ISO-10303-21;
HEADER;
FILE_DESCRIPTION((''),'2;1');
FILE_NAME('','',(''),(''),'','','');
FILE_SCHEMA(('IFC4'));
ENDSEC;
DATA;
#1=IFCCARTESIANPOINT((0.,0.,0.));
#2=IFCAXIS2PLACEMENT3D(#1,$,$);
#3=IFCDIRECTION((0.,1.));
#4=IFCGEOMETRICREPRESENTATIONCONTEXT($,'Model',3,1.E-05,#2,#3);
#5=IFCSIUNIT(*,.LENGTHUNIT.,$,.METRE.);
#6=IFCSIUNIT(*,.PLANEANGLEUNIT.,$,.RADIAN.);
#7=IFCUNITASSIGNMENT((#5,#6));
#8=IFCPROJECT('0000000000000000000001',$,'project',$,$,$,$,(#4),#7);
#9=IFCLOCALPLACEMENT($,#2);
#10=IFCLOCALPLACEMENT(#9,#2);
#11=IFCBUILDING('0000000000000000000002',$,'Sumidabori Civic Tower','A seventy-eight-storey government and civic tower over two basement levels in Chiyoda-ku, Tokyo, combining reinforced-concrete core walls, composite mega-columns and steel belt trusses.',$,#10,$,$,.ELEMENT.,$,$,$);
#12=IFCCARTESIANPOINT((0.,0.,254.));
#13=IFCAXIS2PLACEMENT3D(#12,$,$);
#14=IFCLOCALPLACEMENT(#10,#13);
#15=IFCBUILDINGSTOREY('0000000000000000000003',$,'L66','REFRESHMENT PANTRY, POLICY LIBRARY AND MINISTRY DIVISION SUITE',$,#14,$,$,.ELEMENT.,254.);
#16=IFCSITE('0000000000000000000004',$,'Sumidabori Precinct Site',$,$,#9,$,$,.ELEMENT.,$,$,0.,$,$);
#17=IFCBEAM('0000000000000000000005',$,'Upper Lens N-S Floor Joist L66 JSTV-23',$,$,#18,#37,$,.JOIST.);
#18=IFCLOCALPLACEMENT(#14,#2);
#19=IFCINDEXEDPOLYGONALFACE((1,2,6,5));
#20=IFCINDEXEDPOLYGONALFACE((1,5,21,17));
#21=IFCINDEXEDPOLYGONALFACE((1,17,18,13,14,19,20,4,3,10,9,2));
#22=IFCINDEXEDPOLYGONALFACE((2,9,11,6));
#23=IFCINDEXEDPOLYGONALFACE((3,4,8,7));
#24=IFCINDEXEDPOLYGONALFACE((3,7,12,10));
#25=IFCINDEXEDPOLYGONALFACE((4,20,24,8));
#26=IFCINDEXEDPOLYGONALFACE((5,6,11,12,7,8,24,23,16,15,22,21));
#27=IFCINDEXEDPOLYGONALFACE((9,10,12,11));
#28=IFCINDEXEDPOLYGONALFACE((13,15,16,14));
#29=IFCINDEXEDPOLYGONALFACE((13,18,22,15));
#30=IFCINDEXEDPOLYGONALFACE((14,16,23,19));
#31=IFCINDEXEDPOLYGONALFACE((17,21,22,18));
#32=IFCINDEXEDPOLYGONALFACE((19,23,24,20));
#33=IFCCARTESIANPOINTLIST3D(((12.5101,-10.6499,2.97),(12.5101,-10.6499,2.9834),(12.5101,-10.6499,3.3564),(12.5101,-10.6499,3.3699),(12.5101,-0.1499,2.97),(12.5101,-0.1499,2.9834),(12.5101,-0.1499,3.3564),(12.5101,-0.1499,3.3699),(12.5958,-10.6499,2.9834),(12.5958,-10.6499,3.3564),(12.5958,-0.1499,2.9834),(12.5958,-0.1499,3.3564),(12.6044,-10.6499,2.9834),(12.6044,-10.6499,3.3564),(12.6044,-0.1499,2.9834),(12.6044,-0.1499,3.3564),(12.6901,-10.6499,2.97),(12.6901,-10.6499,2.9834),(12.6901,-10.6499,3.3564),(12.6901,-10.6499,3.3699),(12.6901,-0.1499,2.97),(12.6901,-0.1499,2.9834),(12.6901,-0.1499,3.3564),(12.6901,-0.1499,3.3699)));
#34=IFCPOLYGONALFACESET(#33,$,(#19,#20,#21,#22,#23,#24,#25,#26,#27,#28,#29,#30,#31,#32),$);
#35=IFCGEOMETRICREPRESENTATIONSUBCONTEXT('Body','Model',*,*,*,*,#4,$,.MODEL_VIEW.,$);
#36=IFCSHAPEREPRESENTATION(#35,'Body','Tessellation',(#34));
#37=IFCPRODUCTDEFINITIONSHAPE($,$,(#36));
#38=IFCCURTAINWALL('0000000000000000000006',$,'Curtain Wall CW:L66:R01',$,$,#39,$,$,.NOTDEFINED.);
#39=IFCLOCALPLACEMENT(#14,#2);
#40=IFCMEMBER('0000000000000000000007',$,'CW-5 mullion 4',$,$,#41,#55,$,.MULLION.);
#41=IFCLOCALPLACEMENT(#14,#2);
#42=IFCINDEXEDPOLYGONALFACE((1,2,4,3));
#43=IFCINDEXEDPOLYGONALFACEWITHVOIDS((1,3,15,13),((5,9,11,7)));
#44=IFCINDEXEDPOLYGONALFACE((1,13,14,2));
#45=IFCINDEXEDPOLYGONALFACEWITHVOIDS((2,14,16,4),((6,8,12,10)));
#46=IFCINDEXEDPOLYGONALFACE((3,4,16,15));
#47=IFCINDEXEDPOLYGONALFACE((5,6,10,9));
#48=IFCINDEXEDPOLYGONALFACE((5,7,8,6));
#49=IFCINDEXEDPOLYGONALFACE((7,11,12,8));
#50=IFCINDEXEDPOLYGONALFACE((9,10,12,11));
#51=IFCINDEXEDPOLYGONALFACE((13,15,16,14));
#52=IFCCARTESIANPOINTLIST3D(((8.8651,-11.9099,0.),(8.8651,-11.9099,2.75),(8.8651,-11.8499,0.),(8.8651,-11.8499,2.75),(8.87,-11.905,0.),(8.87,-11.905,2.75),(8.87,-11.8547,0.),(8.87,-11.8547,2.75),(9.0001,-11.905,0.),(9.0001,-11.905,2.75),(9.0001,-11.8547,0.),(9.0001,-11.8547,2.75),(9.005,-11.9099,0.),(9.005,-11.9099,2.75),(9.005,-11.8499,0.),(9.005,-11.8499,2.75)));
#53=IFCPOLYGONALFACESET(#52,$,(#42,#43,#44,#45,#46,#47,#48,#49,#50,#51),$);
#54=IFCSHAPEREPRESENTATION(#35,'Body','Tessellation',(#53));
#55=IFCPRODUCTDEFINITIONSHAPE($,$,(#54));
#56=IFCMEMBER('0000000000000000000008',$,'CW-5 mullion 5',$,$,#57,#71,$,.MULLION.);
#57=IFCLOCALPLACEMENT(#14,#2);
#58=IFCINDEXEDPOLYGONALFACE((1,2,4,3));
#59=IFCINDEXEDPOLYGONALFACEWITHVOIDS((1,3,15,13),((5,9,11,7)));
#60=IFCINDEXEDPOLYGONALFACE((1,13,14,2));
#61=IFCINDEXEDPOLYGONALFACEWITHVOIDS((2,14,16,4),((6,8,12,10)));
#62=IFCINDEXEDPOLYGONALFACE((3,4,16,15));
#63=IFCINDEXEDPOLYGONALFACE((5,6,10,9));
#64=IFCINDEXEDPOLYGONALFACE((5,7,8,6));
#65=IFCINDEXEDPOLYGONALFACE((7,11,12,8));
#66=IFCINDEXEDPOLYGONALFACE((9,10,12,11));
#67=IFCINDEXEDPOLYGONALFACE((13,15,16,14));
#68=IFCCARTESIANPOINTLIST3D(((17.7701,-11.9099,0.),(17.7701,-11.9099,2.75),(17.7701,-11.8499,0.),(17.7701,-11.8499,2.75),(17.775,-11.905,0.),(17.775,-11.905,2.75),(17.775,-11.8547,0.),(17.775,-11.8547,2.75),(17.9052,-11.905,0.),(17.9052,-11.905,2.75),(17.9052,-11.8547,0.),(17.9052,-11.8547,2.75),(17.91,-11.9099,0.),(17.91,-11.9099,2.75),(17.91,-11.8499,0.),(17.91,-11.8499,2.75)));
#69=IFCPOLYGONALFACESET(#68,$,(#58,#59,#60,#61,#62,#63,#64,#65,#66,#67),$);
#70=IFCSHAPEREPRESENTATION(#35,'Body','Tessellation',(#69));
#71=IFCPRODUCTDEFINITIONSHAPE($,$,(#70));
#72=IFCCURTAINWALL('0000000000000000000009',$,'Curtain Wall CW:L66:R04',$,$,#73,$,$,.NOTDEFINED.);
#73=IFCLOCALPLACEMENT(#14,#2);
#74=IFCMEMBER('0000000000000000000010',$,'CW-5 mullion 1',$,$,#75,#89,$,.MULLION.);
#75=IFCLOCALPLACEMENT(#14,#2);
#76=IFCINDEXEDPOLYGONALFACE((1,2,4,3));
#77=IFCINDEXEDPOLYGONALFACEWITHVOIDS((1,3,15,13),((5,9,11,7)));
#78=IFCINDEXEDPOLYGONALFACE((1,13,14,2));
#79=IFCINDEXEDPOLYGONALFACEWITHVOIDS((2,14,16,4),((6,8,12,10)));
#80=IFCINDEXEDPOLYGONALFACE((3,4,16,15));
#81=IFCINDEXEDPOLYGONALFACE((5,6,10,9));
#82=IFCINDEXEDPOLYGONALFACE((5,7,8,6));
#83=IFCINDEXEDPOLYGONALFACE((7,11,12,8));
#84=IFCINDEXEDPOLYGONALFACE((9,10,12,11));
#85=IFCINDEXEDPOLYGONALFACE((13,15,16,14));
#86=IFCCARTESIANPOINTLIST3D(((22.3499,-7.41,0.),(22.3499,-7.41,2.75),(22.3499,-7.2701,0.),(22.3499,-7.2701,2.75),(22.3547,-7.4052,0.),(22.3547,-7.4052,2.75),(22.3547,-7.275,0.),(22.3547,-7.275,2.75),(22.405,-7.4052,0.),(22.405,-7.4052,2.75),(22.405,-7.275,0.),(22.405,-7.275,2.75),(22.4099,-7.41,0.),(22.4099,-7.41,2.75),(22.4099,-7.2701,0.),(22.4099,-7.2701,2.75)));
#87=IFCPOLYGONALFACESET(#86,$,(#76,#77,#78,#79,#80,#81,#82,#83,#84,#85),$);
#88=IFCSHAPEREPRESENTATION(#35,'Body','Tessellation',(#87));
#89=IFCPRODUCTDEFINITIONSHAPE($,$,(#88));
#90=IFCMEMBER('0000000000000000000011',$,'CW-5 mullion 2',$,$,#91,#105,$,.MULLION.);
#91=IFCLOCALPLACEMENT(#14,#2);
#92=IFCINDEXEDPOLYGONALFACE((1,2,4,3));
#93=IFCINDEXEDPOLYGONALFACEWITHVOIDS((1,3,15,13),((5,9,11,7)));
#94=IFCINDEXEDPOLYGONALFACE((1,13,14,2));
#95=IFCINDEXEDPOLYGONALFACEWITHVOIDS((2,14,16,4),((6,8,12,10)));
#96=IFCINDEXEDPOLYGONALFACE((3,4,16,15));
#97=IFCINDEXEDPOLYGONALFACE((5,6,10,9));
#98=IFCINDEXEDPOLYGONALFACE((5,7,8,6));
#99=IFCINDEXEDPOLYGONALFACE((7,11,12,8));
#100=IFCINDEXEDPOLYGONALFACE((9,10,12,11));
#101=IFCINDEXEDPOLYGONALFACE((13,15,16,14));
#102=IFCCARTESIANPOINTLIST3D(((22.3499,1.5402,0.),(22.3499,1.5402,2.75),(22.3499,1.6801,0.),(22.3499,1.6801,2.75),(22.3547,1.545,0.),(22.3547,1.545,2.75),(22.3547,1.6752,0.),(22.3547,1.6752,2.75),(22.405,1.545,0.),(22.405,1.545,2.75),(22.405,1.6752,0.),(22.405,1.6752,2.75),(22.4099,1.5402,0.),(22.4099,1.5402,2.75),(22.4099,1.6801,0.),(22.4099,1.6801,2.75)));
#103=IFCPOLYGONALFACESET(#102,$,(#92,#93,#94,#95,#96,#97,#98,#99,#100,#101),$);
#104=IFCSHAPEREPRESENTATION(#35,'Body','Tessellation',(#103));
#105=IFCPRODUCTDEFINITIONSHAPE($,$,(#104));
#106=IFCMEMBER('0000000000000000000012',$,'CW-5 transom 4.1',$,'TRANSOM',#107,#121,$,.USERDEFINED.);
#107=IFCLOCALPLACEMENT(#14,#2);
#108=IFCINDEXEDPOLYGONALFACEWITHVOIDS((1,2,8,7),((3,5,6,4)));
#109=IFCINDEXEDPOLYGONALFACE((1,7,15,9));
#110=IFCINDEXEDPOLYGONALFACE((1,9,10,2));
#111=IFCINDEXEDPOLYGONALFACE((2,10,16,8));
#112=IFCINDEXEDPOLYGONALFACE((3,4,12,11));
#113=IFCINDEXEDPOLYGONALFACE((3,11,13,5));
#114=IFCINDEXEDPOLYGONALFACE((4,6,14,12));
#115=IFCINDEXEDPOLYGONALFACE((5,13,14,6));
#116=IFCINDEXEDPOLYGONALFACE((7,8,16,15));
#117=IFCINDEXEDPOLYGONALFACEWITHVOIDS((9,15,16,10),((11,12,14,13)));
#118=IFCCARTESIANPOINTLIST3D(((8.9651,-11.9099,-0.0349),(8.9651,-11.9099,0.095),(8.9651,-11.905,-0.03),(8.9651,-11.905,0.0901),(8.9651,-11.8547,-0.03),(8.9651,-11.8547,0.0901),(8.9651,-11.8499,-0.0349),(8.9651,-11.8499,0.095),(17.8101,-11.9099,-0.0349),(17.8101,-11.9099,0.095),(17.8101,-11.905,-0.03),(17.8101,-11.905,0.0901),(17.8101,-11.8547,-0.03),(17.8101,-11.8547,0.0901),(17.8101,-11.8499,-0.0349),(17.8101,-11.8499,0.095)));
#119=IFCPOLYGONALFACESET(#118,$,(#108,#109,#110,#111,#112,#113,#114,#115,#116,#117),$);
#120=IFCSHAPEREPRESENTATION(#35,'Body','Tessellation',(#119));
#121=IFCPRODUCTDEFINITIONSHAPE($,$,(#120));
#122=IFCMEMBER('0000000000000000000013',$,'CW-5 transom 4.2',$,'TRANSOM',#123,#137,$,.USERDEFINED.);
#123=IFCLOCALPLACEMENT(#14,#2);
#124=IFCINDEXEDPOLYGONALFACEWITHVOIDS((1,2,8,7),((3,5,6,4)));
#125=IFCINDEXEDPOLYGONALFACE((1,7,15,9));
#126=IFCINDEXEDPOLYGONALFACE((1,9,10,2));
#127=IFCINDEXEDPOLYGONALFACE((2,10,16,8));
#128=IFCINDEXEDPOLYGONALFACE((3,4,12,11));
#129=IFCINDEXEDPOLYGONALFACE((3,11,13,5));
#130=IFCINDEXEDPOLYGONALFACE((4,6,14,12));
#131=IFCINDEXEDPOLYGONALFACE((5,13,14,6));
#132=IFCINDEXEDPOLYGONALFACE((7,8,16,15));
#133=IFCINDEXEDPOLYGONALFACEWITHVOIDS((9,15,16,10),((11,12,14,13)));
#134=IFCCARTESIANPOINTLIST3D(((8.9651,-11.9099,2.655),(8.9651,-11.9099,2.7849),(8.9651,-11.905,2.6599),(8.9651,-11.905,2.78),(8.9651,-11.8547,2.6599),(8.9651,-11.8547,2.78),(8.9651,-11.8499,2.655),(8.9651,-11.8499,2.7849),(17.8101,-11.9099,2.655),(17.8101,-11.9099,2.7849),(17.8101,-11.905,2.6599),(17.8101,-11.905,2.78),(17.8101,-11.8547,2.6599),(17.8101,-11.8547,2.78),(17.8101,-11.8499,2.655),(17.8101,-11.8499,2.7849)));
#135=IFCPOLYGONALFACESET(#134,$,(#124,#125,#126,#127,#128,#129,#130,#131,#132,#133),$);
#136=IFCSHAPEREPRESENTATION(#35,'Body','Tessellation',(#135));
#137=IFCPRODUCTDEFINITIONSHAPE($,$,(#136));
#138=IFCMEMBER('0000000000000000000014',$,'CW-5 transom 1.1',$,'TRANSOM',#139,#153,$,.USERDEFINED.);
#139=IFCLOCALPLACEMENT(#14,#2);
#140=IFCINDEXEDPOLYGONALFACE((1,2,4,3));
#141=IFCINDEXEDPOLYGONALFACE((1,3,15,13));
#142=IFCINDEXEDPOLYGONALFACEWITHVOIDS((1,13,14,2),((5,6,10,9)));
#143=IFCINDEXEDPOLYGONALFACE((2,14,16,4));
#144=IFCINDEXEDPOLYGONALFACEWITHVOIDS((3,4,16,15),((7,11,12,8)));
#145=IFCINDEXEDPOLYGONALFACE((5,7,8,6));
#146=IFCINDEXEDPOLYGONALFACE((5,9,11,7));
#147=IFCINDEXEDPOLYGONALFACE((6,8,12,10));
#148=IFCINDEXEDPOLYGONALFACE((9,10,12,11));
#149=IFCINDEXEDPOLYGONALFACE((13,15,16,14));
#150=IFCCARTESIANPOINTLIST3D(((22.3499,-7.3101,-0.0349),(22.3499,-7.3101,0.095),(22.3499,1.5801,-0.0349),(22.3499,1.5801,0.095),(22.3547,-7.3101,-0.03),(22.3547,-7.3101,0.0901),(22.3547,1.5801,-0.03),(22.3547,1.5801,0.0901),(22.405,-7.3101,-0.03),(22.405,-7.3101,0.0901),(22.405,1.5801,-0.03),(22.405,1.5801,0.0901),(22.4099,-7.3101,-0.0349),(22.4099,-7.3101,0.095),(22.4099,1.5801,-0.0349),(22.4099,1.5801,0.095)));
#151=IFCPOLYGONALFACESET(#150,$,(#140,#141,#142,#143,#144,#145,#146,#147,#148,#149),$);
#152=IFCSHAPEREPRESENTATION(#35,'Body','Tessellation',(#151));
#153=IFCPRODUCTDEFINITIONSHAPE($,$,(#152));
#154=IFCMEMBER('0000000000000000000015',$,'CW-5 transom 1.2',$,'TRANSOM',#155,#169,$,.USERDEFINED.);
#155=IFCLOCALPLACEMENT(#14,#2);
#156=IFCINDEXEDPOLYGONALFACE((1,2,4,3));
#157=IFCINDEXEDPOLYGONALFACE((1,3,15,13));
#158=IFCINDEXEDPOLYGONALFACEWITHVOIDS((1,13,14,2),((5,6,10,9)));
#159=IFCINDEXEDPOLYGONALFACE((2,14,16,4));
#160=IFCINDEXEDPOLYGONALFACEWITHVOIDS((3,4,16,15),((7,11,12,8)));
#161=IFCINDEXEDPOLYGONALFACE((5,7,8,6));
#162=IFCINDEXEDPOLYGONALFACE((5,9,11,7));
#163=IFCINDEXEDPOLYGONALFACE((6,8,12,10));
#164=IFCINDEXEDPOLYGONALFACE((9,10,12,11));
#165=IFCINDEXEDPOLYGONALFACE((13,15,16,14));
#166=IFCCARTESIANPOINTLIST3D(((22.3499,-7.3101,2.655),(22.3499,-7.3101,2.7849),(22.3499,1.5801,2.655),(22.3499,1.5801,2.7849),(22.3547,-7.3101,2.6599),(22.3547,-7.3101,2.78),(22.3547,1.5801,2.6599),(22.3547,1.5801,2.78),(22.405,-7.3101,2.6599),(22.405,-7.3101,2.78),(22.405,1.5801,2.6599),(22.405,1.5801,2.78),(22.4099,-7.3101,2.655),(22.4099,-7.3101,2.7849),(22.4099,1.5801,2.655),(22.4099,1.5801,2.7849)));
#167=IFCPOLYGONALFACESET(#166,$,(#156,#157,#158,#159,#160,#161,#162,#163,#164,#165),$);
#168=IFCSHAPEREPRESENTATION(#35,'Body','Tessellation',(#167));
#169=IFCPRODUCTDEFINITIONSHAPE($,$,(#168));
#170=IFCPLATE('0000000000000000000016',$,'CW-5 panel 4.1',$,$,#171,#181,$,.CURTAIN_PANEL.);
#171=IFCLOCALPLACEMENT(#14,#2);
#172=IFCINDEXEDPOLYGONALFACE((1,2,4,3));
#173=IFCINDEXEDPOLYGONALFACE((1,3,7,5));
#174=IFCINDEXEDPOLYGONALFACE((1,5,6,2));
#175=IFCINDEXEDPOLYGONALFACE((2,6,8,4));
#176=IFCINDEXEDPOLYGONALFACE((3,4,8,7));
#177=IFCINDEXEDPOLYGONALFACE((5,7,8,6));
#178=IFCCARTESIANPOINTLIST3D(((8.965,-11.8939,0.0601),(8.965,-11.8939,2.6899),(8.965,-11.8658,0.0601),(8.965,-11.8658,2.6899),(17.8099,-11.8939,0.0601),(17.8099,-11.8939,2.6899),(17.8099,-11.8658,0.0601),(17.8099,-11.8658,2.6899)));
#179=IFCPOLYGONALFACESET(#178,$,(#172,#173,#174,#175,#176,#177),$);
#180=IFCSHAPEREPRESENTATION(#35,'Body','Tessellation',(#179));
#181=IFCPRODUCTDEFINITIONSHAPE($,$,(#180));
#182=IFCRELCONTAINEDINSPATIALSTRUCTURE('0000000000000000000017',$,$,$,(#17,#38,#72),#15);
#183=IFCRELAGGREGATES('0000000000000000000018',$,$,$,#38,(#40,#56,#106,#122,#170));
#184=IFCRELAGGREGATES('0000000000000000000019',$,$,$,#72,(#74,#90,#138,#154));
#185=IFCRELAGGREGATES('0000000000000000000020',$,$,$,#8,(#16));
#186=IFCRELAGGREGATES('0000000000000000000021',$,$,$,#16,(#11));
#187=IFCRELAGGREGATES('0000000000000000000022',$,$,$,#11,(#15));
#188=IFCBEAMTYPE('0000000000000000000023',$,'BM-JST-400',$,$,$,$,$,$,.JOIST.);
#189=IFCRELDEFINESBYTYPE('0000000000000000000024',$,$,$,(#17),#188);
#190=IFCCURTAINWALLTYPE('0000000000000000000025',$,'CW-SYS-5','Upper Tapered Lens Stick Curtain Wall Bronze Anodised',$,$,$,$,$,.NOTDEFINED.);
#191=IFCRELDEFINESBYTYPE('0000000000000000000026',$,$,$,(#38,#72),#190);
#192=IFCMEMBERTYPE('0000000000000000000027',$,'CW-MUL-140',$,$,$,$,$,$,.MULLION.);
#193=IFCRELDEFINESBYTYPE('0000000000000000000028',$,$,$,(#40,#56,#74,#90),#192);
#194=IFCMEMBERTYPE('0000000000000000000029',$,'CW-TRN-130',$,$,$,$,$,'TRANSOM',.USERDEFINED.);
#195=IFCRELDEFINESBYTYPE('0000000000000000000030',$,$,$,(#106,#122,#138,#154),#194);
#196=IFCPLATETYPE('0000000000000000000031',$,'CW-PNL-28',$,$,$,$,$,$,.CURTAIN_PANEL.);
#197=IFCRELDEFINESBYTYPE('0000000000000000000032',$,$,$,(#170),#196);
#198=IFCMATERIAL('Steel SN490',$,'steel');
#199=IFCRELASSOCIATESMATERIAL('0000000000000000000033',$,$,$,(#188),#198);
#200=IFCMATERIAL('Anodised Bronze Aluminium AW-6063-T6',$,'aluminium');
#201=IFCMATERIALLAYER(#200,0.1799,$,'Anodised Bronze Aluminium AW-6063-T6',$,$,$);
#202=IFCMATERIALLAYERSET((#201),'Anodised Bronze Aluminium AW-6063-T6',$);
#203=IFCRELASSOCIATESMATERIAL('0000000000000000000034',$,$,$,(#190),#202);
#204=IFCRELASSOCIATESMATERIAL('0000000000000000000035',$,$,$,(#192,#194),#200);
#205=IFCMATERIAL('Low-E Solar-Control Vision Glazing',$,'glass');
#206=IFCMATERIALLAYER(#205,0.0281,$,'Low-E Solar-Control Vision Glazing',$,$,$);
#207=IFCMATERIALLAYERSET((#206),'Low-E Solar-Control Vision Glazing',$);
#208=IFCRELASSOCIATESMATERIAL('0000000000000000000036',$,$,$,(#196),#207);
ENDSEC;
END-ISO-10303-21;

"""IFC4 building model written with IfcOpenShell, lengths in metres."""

from ifc_helpers import new_model, si_unit, direction, frame, origin, origin_2d, place, context, subcontext, project, spatial, rectangle, hollow_rectangle, i_section, extrude, source, transform, mapped, material, layer, layer_set, material_profile, profile_set, type_object, element, aggregate, save


model = new_model("IFC4")

# Units and contexts
model_context = context("Model", 3, precision=1e-05, world=origin(), true_north=direction((0.0, 1.0)))
body_context = subcontext(model_context, "Body", "Model", "MODEL_VIEW")
ifc_project = project(units=[si_unit("LENGTHUNIT", "METRE"), si_unit("PLANEANGLEUNIT", "RADIAN")], contexts=[model_context])

# Site, building, storey
site_placement = place(None, origin())
site = spatial("IfcSite", under=ifc_project, at=site_placement, Name="Sumidabori Precinct Site", CompositionType="ELEMENT", RefElevation=0.0)
building_placement = place(site_placement, origin())
building = spatial("IfcBuilding", under=site, at=building_placement, Name="Sumidabori Civic Tower", Description="A seventy-eight-storey government and civic tower over two basement levels in Chiyoda-ku, Tokyo, combining reinforced-concrete core walls, composite mega-columns and steel belt trusses.", CompositionType="ELEMENT")
storey_placement = place(building_placement, frame((0.0, 0.0, 254.0)))
storey = spatial("IfcBuildingStorey", under=building, at=storey_placement, Name="L66", Description="REFRESHMENT PANTRY, POLICY LIBRARY AND MINISTRY DIVISION SUITE", CompositionType="ELEMENT", Elevation=254.0)

# Beam
ifc_material_1 = material(Name="Steel SN490", Category="steel")
ifc_material_profile_1 = material_profile(ifc_material_1, i_section(OverallWidth=0.1799, OverallDepth=0.3999, WebThickness=0.0085, FlangeThickness=0.0134, at=origin_2d()), Name="IPE 400")
ifc_profile_set_1 = profile_set([ifc_material_profile_1], Name="Steel SN490")
beam_type_1 = type_object("IfcBeamType", Name="BM-JST-400", PredefinedType="JOIST", material=ifc_profile_set_1)
shared_shape_1 = source(origin(), body_context, "Body", "SweptSolid", [
    extrude(i_section(OverallWidth=0.1799, OverallDepth=0.3999, WebThickness=0.0085, FlangeThickness=0.0134, at=origin_2d()), origin(), (0.0, 0.0, 1.0), 10.5),
])
beam_1_placement = place(storey_placement, frame((12.6001, -10.6499, 3.1699), z_axis=(0.0, 1.0, 0.0), x_axis=(-1.0, 0.0, 0.0)))
element("IfcBeam", 1, at=beam_1_placement, inside=storey, type_object=beam_type_1, Name="Upper Lens N-S Floor Joist L66 JSTV-23", PredefinedType="JOIST", context=body_context, shape_type="MappedRepresentation", body=[
    mapped(shared_shape_1, transform((0.0, 0.0, 0.0), x_axis=(1.0, 0.0, 0.0), y_axis=(0.0, 1.0, 0.0), z_axis=(0.0, 0.0, 1.0), scale=1.0)),
])

# Curtain walls, members
ifc_material_2 = material(Name="Anodised Bronze Aluminium AW-6063-T6", Category="aluminium")
ifc_layer_1 = layer(ifc_material_2, 0.1799, Name="Anodised Bronze Aluminium AW-6063-T6")
ifc_layer_set_1 = layer_set([ifc_layer_1], Name="Anodised Bronze Aluminium AW-6063-T6")
curtain_wall_type = type_object("IfcCurtainWallType", Name="CW-SYS-5", Description="Upper Tapered Lens Stick Curtain Wall Bronze Anodised", PredefinedType="NOTDEFINED", material=ifc_layer_set_1)
curtain_wall_1_placement = place(storey_placement, origin())
curtain_wall_1 = element("IfcCurtainWall", 2, at=curtain_wall_1_placement, inside=storey, type_object=curtain_wall_type, Name="Curtain Wall CW:L66:R01", PredefinedType="NOTDEFINED")
ifc_material_profile_2 = material_profile(ifc_material_2, hollow_rectangle(XDim=0.0601, YDim=0.1399, WallThickness=0.0049, at=origin_2d()), Name="ALU MULLION 140x60")
ifc_profile_set_2 = profile_set([ifc_material_profile_2], Name="Anodised Bronze Aluminium AW-6063-T6")
member_type_1 = type_object("IfcMemberType", Name="CW-MUL-140", PredefinedType="MULLION", material=ifc_profile_set_2)
shared_shape_2 = source(origin(), body_context, "Body", "SweptSolid", [
    extrude(hollow_rectangle(XDim=0.0601, YDim=0.1399, WallThickness=0.0049, at=origin_2d()), origin(), (0.0, 0.0, 1.0), 2.75),
])
member_1_placement = place(storey_placement, frame((8.9351, -11.8799, 0.0), z_axis=(0.0, 0.0, 1.0), x_axis=(0.0, 1.0, 0.0)))
member_1 = element("IfcMember", 3, at=member_1_placement, type_object=member_type_1, Name="CW-5 mullion 4", PredefinedType="MULLION", context=body_context, shape_type="MappedRepresentation", body=[
    mapped(shared_shape_2, transform((0.0, 0.0, 0.0), x_axis=(1.0, 0.0, 0.0), y_axis=(0.0, 1.0, 0.0), z_axis=(0.0, 0.0, 1.0), scale=1.0)),
])
member_2_placement = place(storey_placement, frame((17.8401, -11.8799, 0.0), z_axis=(0.0, 0.0, 1.0), x_axis=(0.0, 1.0, 0.0)))
member_2 = element("IfcMember", 4, at=member_2_placement, type_object=member_type_1, Name="CW-5 mullion 5", PredefinedType="MULLION", context=body_context, shape_type="MappedRepresentation", body=[
    mapped(shared_shape_2, transform((0.0, 0.0, 0.0), x_axis=(1.0, 0.0, 0.0), y_axis=(0.0, 1.0, 0.0), z_axis=(0.0, 0.0, 1.0), scale=1.0)),
])
curtain_wall_2_placement = place(storey_placement, origin())
curtain_wall_2 = element("IfcCurtainWall", 5, at=curtain_wall_2_placement, inside=storey, type_object=curtain_wall_type, Name="Curtain Wall CW:L66:R04", PredefinedType="NOTDEFINED")
member_3_placement = place(storey_placement, frame((22.3799, -7.3401, 0.0), z_axis=(0.0, 0.0, 1.0), x_axis=(-1.0, 0.0, 0.0)))
member_3 = element("IfcMember", 6, at=member_3_placement, type_object=member_type_1, Name="CW-5 mullion 1", PredefinedType="MULLION", context=body_context, shape_type="MappedRepresentation", body=[
    mapped(shared_shape_2, transform((0.0, 0.0, 0.0), x_axis=(1.0, 0.0, 0.0), y_axis=(0.0, 1.0, 0.0), z_axis=(0.0, 0.0, 1.0), scale=1.0)),
])
member_4_placement = place(storey_placement, frame((22.3799, 1.6101, 0.0), z_axis=(0.0, 0.0, 1.0), x_axis=(-1.0, 0.0, 0.0)))
member_4 = element("IfcMember", 7, at=member_4_placement, type_object=member_type_1, Name="CW-5 mullion 2", PredefinedType="MULLION", context=body_context, shape_type="MappedRepresentation", body=[
    mapped(shared_shape_2, transform((0.0, 0.0, 0.0), x_axis=(1.0, 0.0, 0.0), y_axis=(0.0, 1.0, 0.0), z_axis=(0.0, 0.0, 1.0), scale=1.0)),
])

# Members
ifc_material_profile_3 = material_profile(ifc_material_2, hollow_rectangle(XDim=0.0601, YDim=0.1299, WallThickness=0.0049, at=origin_2d()), Name="ALU TRANSOM 130x60")
ifc_profile_set_3 = profile_set([ifc_material_profile_3], Name="Anodised Bronze Aluminium AW-6063-T6")
member_type_2 = type_object("IfcMemberType", Name="CW-TRN-130", ElementType="TRANSOM", PredefinedType="USERDEFINED", material=ifc_profile_set_3)
shared_shape_3 = source(origin(), body_context, "Body", "SweptSolid", [
    extrude(hollow_rectangle(XDim=0.0601, YDim=0.1299, WallThickness=0.0049, at=origin_2d()), origin(), (0.0, 0.0, 1.0), 8.845),
])
member_5_placement = place(storey_placement, frame((8.9651, -11.8799, 0.03), z_axis=(1.0, 0.0, 0.0), x_axis=(0.0, 1.0, 0.0)))
member_5 = element("IfcMember", 8, at=member_5_placement, type_object=member_type_2, Name="CW-5 transom 4.1", ObjectType="TRANSOM", PredefinedType="USERDEFINED", context=body_context, shape_type="MappedRepresentation", body=[
    mapped(shared_shape_3, transform((0.0, 0.0, 0.0), x_axis=(1.0, 0.0, 0.0), y_axis=(0.0, 1.0, 0.0), z_axis=(0.0, 0.0, 1.0), scale=1.0)),
])
member_6_placement = place(storey_placement, frame((8.9651, -11.8799, 2.72), z_axis=(1.0, 0.0, 0.0), x_axis=(0.0, 1.0, 0.0)))
member_6 = element("IfcMember", 9, at=member_6_placement, type_object=member_type_2, Name="CW-5 transom 4.2", ObjectType="TRANSOM", PredefinedType="USERDEFINED", context=body_context, shape_type="MappedRepresentation", body=[
    mapped(shared_shape_3, transform((0.0, 0.0, 0.0), x_axis=(1.0, 0.0, 0.0), y_axis=(0.0, 1.0, 0.0), z_axis=(0.0, 0.0, 1.0), scale=1.0)),
])
shared_shape_4 = source(origin(), body_context, "Body", "SweptSolid", [
    extrude(hollow_rectangle(XDim=0.0601, YDim=0.1299, WallThickness=0.0049, at=origin_2d()), origin(), (0.0, 0.0, 1.0), 8.8901),
])
member_7_placement = place(storey_placement, frame((22.3799, -7.3101, 0.03), z_axis=(0.0, 1.0, 0.0), x_axis=(-1.0, 0.0, 0.0)))
member_7 = element("IfcMember", 10, at=member_7_placement, type_object=member_type_2, Name="CW-5 transom 1.1", ObjectType="TRANSOM", PredefinedType="USERDEFINED", context=body_context, shape_type="MappedRepresentation", body=[
    mapped(shared_shape_4, transform((0.0, 0.0, 0.0), x_axis=(1.0, 0.0, 0.0), y_axis=(0.0, 1.0, 0.0), z_axis=(0.0, 0.0, 1.0), scale=1.0)),
])
member_8_placement = place(storey_placement, frame((22.3799, -7.3101, 2.72), z_axis=(0.0, 1.0, 0.0), x_axis=(-1.0, 0.0, 0.0)))
member_8 = element("IfcMember", 11, at=member_8_placement, type_object=member_type_2, Name="CW-5 transom 1.2", ObjectType="TRANSOM", PredefinedType="USERDEFINED", context=body_context, shape_type="MappedRepresentation", body=[
    mapped(shared_shape_4, transform((0.0, 0.0, 0.0), x_axis=(1.0, 0.0, 0.0), y_axis=(0.0, 1.0, 0.0), z_axis=(0.0, 0.0, 1.0), scale=1.0)),
])

# Plate
ifc_material_3 = material(Name="Low-E Solar-Control Vision Glazing", Category="glass")
ifc_layer_2 = layer(ifc_material_3, 0.0281, Name="Low-E Solar-Control Vision Glazing")
ifc_layer_set_2 = layer_set([ifc_layer_2], Name="Low-E Solar-Control Vision Glazing")
plate_type = type_object("IfcPlateType", Name="CW-PNL-28", PredefinedType="CURTAIN_PANEL", material=ifc_layer_set_2)
shared_shape_5 = source(origin(), body_context, "Body", "SweptSolid", [
    extrude(rectangle(XDim=8.845, YDim=0.0281, at=origin_2d()), origin(), (0.0, 0.0, 1.0), 2.6299),
])
plate_1_placement = place(storey_placement, frame((13.3875, -11.8799, 0.0601), z_axis=(0.0, 0.0, 1.0), x_axis=(1.0, 0.0, 0.0)))
plate_1 = element("IfcPlate", 12, at=plate_1_placement, type_object=plate_type, Name="CW-5 panel 4.1", PredefinedType="CURTAIN_PANEL", context=body_context, shape_type="MappedRepresentation", body=[
    mapped(shared_shape_5, transform((0.0, 0.0, 0.0), x_axis=(1.0, 0.0, 0.0), y_axis=(0.0, 1.0, 0.0), z_axis=(0.0, 0.0, 1.0), scale=1.0)),
])
aggregate(curtain_wall_1, [member_1, member_2, member_5, member_6, plate_1])
aggregate(curtain_wall_2, [member_3, member_4, member_7, member_8])

save(model, "model.ifc")
